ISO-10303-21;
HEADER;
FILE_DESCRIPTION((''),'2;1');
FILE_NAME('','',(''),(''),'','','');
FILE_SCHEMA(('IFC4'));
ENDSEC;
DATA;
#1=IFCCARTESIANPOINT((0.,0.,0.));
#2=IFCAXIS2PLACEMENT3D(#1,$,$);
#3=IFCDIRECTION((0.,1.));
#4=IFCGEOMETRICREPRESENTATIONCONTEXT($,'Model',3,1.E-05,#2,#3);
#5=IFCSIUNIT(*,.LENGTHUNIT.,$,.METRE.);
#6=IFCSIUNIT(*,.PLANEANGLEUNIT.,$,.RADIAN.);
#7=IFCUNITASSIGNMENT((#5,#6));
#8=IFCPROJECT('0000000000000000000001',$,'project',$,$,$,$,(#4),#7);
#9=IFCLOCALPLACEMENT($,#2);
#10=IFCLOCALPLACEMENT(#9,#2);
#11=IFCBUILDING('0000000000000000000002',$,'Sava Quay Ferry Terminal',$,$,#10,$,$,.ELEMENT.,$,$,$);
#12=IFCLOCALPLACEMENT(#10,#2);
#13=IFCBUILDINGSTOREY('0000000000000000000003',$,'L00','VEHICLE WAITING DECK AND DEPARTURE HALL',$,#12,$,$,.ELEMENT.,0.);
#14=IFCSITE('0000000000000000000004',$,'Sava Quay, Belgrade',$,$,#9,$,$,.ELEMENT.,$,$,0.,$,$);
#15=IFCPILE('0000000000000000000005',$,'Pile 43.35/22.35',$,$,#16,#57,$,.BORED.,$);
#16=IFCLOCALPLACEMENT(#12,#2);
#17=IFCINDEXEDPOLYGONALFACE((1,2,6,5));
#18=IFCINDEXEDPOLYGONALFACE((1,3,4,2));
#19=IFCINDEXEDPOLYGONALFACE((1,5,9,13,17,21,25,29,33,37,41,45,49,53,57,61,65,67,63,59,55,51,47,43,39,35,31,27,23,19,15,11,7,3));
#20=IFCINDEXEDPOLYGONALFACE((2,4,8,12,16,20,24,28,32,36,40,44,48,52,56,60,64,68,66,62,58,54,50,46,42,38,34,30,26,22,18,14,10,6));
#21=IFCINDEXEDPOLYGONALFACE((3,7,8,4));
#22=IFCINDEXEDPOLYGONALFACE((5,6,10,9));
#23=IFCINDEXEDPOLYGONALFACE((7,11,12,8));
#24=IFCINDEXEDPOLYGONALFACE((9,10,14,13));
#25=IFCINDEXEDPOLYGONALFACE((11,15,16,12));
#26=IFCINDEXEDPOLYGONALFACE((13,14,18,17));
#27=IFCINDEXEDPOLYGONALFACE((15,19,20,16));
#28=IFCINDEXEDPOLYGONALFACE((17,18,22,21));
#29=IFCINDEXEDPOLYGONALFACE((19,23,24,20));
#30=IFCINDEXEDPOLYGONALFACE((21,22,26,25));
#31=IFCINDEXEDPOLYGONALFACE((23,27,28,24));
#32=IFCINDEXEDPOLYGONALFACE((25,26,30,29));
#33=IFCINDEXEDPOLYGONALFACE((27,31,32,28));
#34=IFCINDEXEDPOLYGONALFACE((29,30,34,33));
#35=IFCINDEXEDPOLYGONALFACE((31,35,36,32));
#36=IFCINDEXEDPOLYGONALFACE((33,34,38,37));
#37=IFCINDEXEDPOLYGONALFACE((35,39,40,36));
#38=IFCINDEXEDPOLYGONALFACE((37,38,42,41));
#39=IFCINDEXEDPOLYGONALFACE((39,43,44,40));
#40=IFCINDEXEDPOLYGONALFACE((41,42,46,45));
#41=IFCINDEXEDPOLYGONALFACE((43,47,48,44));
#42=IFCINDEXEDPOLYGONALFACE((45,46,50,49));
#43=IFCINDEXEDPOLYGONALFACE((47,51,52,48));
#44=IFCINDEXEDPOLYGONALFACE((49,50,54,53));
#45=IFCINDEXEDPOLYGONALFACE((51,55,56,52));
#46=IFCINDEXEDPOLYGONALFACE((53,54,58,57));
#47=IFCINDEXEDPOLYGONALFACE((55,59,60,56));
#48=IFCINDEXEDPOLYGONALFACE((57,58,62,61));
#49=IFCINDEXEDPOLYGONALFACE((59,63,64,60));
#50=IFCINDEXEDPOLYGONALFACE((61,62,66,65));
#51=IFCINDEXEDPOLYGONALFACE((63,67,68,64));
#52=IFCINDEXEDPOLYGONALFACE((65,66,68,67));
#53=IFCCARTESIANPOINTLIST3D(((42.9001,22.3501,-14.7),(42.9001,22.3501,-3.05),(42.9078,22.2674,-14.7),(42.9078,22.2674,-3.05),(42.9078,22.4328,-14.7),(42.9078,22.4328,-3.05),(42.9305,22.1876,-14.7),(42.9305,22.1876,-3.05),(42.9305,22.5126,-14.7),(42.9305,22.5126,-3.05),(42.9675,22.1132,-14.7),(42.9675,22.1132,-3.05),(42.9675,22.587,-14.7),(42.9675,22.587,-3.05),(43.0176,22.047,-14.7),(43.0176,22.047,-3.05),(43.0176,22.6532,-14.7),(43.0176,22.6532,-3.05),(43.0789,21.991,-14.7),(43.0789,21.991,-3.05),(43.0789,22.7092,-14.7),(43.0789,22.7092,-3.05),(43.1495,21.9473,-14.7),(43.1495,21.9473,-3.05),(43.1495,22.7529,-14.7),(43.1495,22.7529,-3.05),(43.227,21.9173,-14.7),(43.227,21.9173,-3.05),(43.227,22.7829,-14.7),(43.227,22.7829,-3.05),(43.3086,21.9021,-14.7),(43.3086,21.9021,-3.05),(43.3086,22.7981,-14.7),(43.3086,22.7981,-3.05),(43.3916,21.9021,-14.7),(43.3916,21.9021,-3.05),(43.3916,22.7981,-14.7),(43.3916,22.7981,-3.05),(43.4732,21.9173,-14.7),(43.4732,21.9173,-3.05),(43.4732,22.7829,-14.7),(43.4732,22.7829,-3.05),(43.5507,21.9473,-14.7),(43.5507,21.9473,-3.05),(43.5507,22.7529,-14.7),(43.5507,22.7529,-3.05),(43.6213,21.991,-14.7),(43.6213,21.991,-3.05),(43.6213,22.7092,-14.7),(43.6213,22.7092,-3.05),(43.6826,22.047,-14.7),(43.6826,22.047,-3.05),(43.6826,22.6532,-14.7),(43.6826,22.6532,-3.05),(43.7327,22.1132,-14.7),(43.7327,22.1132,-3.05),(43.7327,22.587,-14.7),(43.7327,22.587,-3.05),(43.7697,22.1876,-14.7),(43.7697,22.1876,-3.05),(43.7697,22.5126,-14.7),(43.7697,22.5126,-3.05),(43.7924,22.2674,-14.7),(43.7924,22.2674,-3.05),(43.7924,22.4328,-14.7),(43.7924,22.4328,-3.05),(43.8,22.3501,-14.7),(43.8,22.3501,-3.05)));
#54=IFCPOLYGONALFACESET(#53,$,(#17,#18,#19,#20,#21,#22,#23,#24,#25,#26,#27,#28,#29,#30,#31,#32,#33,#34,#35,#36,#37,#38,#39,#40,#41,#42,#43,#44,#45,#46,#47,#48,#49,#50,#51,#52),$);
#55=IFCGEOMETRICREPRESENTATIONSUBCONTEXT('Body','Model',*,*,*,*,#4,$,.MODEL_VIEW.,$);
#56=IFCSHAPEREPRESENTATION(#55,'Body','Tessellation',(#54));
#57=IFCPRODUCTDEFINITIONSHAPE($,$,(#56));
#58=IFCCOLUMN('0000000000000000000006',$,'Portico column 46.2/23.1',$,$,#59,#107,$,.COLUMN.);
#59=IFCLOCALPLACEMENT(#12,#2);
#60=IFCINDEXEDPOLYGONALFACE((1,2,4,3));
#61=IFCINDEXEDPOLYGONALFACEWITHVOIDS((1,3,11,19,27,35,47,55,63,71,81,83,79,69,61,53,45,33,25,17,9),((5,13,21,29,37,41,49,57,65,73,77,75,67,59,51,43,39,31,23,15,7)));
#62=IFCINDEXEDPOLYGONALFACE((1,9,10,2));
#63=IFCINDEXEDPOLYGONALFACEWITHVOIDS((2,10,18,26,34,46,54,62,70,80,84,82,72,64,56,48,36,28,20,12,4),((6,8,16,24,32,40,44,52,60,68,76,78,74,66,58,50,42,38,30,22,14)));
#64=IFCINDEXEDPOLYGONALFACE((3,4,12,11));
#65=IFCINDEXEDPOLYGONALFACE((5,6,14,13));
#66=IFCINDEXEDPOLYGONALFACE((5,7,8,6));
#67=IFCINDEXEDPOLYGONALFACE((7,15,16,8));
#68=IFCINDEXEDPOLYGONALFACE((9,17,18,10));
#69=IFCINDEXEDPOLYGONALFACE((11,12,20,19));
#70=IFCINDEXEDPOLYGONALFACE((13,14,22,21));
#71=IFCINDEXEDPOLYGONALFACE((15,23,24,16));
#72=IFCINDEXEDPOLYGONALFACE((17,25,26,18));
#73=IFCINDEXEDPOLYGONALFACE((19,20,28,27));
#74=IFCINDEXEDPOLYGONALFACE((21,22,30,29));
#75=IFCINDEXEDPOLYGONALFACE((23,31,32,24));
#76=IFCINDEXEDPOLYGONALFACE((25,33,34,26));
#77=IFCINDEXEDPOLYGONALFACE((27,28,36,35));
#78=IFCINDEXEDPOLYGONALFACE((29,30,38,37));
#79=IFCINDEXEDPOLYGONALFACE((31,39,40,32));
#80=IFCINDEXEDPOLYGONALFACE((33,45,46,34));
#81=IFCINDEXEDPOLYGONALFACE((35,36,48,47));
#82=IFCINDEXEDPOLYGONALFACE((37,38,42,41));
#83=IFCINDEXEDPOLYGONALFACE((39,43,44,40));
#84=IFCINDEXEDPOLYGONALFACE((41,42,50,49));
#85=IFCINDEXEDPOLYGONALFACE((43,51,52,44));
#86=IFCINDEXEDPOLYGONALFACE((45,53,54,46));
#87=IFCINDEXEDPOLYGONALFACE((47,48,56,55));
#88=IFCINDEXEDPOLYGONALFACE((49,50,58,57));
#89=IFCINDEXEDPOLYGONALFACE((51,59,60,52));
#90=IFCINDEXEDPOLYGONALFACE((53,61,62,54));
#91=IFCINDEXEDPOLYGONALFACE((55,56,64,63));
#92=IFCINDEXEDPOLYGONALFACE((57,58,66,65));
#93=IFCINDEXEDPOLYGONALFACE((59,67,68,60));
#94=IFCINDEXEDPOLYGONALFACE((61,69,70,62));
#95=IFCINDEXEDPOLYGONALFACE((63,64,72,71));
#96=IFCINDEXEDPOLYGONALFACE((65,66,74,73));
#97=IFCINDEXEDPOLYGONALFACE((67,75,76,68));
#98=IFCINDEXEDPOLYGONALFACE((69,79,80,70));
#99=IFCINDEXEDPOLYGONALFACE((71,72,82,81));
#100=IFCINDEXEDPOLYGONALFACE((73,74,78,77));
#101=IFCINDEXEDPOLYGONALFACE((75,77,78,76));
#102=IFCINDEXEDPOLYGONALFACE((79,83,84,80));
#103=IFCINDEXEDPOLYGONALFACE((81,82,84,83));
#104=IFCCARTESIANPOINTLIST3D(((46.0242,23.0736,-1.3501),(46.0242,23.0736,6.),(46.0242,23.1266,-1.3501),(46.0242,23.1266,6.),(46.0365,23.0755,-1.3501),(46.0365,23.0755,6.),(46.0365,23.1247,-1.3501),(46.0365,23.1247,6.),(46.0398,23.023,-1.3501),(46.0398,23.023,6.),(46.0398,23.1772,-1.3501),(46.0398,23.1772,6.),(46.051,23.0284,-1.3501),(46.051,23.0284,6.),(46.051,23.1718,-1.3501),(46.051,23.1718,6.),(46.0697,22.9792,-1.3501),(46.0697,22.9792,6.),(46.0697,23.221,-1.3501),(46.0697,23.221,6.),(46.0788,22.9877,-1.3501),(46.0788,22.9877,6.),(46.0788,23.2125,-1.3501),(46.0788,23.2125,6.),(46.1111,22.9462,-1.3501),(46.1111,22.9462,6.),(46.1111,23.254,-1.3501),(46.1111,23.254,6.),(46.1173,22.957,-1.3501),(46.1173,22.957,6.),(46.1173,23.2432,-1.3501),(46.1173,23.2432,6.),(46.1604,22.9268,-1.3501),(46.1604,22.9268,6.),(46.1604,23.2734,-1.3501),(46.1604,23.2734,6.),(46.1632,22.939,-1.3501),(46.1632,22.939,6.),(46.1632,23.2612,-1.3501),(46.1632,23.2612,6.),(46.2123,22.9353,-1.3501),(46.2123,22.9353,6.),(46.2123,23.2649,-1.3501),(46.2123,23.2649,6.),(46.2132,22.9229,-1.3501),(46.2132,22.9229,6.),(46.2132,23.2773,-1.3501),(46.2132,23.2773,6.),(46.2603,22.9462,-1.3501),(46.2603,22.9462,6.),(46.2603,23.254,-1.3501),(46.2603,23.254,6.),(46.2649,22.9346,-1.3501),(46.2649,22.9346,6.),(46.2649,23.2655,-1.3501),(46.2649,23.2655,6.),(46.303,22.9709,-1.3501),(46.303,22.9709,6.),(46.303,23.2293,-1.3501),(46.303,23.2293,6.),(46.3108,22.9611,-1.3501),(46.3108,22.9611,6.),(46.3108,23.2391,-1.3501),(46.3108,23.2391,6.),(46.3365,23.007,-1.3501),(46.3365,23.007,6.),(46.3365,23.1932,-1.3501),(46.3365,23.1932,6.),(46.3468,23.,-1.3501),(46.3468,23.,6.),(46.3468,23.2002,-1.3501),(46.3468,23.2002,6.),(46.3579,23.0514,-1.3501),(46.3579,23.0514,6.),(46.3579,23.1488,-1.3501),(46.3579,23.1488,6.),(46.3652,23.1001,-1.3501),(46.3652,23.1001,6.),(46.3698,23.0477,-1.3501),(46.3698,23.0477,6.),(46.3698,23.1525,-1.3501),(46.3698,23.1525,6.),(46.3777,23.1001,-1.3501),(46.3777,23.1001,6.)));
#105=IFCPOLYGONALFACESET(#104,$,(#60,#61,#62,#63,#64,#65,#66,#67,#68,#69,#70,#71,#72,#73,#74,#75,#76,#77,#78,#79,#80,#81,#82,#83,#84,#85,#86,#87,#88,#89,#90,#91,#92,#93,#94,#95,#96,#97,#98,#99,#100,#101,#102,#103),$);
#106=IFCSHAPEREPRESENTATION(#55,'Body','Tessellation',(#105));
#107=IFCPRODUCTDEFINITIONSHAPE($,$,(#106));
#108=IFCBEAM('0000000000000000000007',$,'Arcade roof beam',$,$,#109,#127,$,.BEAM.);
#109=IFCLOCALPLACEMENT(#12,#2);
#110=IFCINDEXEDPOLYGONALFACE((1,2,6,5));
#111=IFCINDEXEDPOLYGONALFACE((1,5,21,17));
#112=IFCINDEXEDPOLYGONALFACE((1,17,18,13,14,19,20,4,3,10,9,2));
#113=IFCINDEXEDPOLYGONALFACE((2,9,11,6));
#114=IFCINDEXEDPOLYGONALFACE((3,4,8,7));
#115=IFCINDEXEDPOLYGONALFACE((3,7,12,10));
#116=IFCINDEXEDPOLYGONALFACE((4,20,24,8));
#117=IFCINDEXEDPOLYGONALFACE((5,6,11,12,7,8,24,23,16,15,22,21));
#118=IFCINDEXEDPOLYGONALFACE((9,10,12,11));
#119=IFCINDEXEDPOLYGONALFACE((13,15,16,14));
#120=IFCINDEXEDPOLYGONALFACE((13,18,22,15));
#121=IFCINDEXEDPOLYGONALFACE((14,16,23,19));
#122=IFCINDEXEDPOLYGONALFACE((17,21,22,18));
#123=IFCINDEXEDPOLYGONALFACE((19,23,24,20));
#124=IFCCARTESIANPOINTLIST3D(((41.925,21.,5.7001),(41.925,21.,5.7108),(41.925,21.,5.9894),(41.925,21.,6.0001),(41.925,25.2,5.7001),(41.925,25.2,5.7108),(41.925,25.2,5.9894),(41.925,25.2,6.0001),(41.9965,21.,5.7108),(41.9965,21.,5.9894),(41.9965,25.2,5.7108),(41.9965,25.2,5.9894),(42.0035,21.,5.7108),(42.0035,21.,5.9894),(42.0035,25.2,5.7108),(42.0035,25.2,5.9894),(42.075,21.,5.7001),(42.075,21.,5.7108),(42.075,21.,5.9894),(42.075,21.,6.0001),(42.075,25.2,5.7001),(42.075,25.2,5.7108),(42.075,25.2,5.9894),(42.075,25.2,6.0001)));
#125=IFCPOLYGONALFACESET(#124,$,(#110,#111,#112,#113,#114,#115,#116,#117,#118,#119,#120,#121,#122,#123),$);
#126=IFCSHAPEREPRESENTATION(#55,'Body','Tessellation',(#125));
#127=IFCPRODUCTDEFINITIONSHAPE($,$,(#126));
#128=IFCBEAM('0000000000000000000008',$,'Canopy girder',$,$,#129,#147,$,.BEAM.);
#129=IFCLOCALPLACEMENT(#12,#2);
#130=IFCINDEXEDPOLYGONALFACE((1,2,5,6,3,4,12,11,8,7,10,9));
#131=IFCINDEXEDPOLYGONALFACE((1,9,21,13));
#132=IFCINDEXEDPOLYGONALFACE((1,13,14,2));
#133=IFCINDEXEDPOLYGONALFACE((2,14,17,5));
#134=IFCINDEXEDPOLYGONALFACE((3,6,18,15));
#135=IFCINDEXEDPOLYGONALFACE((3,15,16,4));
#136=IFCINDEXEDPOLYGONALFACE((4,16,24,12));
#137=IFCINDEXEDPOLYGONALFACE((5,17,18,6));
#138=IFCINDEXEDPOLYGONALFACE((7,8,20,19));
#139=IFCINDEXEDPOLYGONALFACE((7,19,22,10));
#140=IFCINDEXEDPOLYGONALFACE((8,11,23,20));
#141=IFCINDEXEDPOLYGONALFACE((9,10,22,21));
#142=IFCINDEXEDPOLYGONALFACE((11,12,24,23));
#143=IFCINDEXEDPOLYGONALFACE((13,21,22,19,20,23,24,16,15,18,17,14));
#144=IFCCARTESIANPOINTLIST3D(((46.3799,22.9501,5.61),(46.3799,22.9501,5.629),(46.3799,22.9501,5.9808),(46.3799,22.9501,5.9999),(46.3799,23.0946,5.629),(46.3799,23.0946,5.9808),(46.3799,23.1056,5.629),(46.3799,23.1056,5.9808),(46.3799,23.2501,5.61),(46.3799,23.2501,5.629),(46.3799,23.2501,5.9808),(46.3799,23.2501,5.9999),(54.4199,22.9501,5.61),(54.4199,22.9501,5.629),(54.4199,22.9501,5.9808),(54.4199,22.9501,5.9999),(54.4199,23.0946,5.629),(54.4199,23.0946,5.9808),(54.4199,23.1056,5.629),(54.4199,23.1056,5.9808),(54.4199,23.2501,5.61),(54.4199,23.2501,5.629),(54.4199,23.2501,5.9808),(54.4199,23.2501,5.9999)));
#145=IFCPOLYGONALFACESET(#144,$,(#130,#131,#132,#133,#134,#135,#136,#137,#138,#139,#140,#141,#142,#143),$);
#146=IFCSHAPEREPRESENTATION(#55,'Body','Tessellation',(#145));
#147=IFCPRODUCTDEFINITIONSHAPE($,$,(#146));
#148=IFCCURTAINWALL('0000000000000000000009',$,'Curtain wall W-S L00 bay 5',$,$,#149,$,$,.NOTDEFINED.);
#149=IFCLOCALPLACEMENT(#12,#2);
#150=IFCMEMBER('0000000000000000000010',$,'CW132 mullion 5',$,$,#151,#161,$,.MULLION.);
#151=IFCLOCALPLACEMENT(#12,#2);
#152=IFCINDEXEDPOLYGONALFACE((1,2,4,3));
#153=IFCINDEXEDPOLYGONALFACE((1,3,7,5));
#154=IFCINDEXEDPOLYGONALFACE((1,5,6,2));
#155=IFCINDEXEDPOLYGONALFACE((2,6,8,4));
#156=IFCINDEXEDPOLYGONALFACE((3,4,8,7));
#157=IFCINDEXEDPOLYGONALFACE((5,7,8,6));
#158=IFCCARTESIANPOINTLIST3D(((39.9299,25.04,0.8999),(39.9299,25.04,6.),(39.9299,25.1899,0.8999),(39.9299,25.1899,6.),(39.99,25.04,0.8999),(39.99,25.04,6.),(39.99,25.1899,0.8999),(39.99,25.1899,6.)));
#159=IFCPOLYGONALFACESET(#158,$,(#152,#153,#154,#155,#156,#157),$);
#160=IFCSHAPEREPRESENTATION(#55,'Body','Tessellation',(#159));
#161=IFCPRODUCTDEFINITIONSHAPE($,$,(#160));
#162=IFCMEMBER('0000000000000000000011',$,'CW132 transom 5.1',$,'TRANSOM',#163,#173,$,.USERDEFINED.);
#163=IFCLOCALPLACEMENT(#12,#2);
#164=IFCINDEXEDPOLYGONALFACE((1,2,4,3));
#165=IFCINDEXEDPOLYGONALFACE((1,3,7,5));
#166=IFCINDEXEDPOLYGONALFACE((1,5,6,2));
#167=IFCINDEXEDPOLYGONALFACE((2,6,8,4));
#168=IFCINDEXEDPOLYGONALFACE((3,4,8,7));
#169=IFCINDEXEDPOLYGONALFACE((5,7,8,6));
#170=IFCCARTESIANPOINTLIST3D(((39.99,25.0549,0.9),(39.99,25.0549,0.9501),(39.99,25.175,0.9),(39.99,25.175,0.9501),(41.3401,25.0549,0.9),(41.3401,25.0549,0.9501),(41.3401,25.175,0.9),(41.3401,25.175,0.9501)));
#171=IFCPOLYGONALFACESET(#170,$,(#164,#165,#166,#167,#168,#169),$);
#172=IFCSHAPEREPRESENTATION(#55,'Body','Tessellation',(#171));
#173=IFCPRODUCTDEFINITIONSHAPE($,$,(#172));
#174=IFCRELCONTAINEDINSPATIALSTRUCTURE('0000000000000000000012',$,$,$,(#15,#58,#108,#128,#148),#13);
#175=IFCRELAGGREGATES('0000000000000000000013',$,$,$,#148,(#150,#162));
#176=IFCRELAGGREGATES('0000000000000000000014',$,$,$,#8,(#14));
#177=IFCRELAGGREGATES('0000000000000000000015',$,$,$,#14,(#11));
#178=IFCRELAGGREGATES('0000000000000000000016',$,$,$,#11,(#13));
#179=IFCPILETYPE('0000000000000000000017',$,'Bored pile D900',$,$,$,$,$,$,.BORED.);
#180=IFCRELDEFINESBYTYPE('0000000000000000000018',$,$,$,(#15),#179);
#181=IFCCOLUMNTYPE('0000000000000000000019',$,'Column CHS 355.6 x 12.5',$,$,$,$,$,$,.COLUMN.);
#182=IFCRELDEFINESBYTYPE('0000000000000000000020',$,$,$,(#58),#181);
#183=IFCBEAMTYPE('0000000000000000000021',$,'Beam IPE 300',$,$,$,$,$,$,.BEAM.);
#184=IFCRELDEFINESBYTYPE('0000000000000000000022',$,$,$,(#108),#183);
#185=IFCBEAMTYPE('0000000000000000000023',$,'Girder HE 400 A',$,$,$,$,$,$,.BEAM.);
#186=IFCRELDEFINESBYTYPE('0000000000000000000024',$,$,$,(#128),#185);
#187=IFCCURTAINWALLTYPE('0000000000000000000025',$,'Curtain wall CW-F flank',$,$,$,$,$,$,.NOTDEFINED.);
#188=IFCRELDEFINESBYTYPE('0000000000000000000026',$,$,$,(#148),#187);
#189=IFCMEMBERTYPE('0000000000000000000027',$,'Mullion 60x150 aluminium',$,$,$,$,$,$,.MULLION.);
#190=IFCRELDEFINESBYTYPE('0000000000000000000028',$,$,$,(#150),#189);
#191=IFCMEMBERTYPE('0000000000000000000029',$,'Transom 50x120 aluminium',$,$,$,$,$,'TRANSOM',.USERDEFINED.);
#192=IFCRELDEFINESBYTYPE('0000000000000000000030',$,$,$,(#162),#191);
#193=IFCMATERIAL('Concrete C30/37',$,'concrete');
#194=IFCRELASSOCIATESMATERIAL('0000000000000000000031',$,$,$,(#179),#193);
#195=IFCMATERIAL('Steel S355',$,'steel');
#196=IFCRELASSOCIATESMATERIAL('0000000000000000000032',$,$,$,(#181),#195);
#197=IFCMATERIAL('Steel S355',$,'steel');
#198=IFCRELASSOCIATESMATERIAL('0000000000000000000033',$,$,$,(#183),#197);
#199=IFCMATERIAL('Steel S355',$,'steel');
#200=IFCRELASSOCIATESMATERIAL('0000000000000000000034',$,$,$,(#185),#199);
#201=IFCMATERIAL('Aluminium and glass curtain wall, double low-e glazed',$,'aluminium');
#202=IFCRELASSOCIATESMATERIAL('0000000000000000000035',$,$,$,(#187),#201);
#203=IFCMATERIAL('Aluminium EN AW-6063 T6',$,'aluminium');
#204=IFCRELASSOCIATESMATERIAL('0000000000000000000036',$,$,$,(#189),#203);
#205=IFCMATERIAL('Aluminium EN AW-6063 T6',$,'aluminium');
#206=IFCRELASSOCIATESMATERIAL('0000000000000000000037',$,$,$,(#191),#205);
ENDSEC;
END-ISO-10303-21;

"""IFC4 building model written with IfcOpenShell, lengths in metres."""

from ifc_helpers import new_model, si_unit, direction, frame, origin, origin_2d, place, context, subcontext, project, spatial, rectangle, circle, hollow_circle, i_section, extrude, material, material_profile, profile_set, type_object, element, aggregate, save


model = new_model("IFC4")

# Units and contexts
model_context = context("Model", 3, precision=1e-05, world=origin(), true_north=direction((0.0, 1.0)))
body_context = subcontext(model_context, "Body", "Model", "MODEL_VIEW")
ifc_project = project(units=[si_unit("LENGTHUNIT", "METRE"), si_unit("PLANEANGLEUNIT", "RADIAN")], contexts=[model_context])

# Site, building, storey
site_placement = place(None, origin())
site = spatial("IfcSite", under=ifc_project, at=site_placement, Name="Sava Quay, Belgrade", CompositionType="ELEMENT", RefElevation=0.0)
building_placement = place(site_placement, origin())
building = spatial("IfcBuilding", under=site, at=building_placement, Name="Sava Quay Ferry Terminal", CompositionType="ELEMENT")
storey_placement = place(building_placement, origin())
storey = spatial("IfcBuildingStorey", under=building, at=storey_placement, Name="L00", Description="VEHICLE WAITING DECK AND DEPARTURE HALL", CompositionType="ELEMENT", Elevation=0.0)

# Pile
ifc_material_1 = material(Name="Concrete C30/37", Category="concrete")
ifc_material_profile_1 = material_profile(ifc_material_1, circle(Radius=0.45, at=origin_2d()), Name="Bored pile D900")
ifc_profile_set_1 = profile_set([ifc_material_profile_1], Name="Concrete C30/37")
pile_type = type_object("IfcPileType", Name="Bored pile D900", PredefinedType="BORED", material=ifc_profile_set_1)
for number, where, z_axis, x_axis, name in (
    (1, (43.3501, 22.3501, -3.05), (0.0, 0.0, -1.0), (1.0, 0.0, 0.0), "Pile 43.35/22.35"),
):
    element("IfcPile", number, at=place(storey_placement, frame(where, z_axis=z_axis, x_axis=x_axis)), inside=storey, type_object=pile_type, Name=name, PredefinedType="BORED", context=body_context, shape_type="SweptSolid", body=[
        extrude(circle(Radius=0.45, at=origin_2d()), origin(), (0.0, 0.0, 1.0), 11.6499),
    ])

# Column
ifc_material_2 = material(Name="Steel S355", Category="steel")
ifc_material_profile_2 = material_profile(ifc_material_2, hollow_circle(Radius=0.1777, WallThickness=0.0125, at=origin_2d()), Name="CHS 355.6 x 12.5")
ifc_profile_set_2 = profile_set([ifc_material_profile_2], Name="Steel S355")
column_type = type_object("IfcColumnType", Name="Column CHS 355.6 x 12.5", PredefinedType="COLUMN", material=ifc_profile_set_2)
column_placement = place(storey_placement, frame((46.2, 23.1001, -1.3501), z_axis=(0.0, 0.0, 1.0), x_axis=(1.0, 0.0, 0.0)))
element("IfcColumn", 2, at=column_placement, inside=storey, type_object=column_type, Name="Portico column 46.2/23.1", PredefinedType="COLUMN", context=body_context, shape_type="SweptSolid", body=[
    extrude(hollow_circle(Radius=0.1777, WallThickness=0.0125, at=origin_2d()), origin(), (0.0, 0.0, 1.0), 7.3501),
])

# Beams
ifc_material_3 = material(Name="Steel S355", Category="steel")
ifc_material_profile_3 = material_profile(ifc_material_3, i_section(OverallWidth=0.1499, OverallDepth=0.3, WebThickness=0.0071, FlangeThickness=0.0107, at=origin_2d()), Name="IPE 300")
ifc_profile_set_3 = profile_set([ifc_material_profile_3], Name="Steel S355")
beam_type_1 = type_object("IfcBeamType", Name="Beam IPE 300", PredefinedType="BEAM", material=ifc_profile_set_3)
beam_1_placement = place(storey_placement, frame((42.0, 21.0, 5.8501), z_axis=(0.0, 1.0, 0.0), x_axis=(-1.0, 0.0, 0.0)))
element("IfcBeam", 3, at=beam_1_placement, inside=storey, type_object=beam_type_1, Name="Arcade roof beam", PredefinedType="BEAM", context=body_context, shape_type="SweptSolid", body=[
    extrude(i_section(OverallWidth=0.1499, OverallDepth=0.3, WebThickness=0.0071, FlangeThickness=0.0107, at=origin_2d()), origin(), (0.0, 0.0, 1.0), 4.2),
])
ifc_material_4 = material(Name="Steel S355", Category="steel")
ifc_material_profile_4 = material_profile(ifc_material_4, i_section(OverallWidth=0.3, OverallDepth=0.3899, WebThickness=0.011, FlangeThickness=0.019, at=origin_2d()), Name="HE 400 A")
ifc_profile_set_4 = profile_set([ifc_material_profile_4], Name="Steel S355")
beam_type_2 = type_object("IfcBeamType", Name="Girder HE 400 A", PredefinedType="BEAM", material=ifc_profile_set_4)
beam_2_placement = place(storey_placement, frame((46.3799, 23.1001, 5.8049), z_axis=(1.0, 0.0, 0.0), x_axis=(0.0, 1.0, 0.0)))
element("IfcBeam", 4, at=beam_2_placement, inside=storey, type_object=beam_type_2, Name="Canopy girder", PredefinedType="BEAM", context=body_context, shape_type="SweptSolid", body=[
    extrude(i_section(OverallWidth=0.3, OverallDepth=0.3899, WebThickness=0.011, FlangeThickness=0.019, at=origin_2d()), origin(), (0.0, 0.0, 1.0), 8.04),
])

# Curtain wall, members
ifc_material_5 = material(Name="Aluminium and glass curtain wall, double low-e glazed", Category="aluminium")
curtain_wall_type = type_object("IfcCurtainWallType", Name="Curtain wall CW-F flank", PredefinedType="NOTDEFINED", material=ifc_material_5)
curtain_wall_placement = place(storey_placement, origin())
curtain_wall = element("IfcCurtainWall", 5, at=curtain_wall_placement, inside=storey, type_object=curtain_wall_type, Name="Curtain wall W-S L00 bay 5", PredefinedType="NOTDEFINED")
ifc_material_6 = material(Name="Aluminium EN AW-6063 T6", Category="aluminium")
ifc_material_profile_5 = material_profile(ifc_material_6, rectangle(XDim=0.1499, YDim=0.0601, at=origin_2d()), Name="Mullion 60x150 aluminium")
ifc_profile_set_5 = profile_set([ifc_material_profile_5], Name="Aluminium EN AW-6063 T6")
member_type_1 = type_object("IfcMemberType", Name="Mullion 60x150 aluminium", PredefinedType="MULLION", material=ifc_profile_set_5)
member_1_placement = place(storey_placement, frame((39.96, 25.115, 0.8999), z_axis=(0.0, 0.0, 1.0), x_axis=(0.0, 1.0, 0.0)))
member_1 = element("IfcMember", 6, at=member_1_placement, type_object=member_type_1, Name="CW132 mullion 5", PredefinedType="MULLION", context=body_context, shape_type="SweptSolid", body=[
    extrude(rectangle(XDim=0.1499, YDim=0.0601, at=origin_2d()), origin(), (0.0, 0.0, 1.0), 5.1001),
])
ifc_material_7 = material(Name="Aluminium EN AW-6063 T6", Category="aluminium")
ifc_material_profile_6 = material_profile(ifc_material_7, rectangle(XDim=0.1201, YDim=0.05, at=origin_2d()), Name="Transom 50x120 aluminium")
ifc_profile_set_6 = profile_set([ifc_material_profile_6], Name="Aluminium EN AW-6063 T6")
member_type_2 = type_object("IfcMemberType", Name="Transom 50x120 aluminium", ElementType="TRANSOM", PredefinedType="USERDEFINED", material=ifc_profile_set_6)
member_2_placement = place(storey_placement, frame((39.99, 25.115, 0.925), z_axis=(1.0, 0.0, 0.0), x_axis=(0.0, 1.0, 0.0)))
member_2 = element("IfcMember", 7, at=member_2_placement, type_object=member_type_2, Name="CW132 transom 5.1", ObjectType="TRANSOM", PredefinedType="USERDEFINED", context=body_context, shape_type="SweptSolid", body=[
    extrude(rectangle(XDim=0.1201, YDim=0.05, at=origin_2d()), origin(), (0.0, 0.0, 1.0), 1.3501),
])
aggregate(curtain_wall, [member_1, member_2])

save(model, "model.ifc")
